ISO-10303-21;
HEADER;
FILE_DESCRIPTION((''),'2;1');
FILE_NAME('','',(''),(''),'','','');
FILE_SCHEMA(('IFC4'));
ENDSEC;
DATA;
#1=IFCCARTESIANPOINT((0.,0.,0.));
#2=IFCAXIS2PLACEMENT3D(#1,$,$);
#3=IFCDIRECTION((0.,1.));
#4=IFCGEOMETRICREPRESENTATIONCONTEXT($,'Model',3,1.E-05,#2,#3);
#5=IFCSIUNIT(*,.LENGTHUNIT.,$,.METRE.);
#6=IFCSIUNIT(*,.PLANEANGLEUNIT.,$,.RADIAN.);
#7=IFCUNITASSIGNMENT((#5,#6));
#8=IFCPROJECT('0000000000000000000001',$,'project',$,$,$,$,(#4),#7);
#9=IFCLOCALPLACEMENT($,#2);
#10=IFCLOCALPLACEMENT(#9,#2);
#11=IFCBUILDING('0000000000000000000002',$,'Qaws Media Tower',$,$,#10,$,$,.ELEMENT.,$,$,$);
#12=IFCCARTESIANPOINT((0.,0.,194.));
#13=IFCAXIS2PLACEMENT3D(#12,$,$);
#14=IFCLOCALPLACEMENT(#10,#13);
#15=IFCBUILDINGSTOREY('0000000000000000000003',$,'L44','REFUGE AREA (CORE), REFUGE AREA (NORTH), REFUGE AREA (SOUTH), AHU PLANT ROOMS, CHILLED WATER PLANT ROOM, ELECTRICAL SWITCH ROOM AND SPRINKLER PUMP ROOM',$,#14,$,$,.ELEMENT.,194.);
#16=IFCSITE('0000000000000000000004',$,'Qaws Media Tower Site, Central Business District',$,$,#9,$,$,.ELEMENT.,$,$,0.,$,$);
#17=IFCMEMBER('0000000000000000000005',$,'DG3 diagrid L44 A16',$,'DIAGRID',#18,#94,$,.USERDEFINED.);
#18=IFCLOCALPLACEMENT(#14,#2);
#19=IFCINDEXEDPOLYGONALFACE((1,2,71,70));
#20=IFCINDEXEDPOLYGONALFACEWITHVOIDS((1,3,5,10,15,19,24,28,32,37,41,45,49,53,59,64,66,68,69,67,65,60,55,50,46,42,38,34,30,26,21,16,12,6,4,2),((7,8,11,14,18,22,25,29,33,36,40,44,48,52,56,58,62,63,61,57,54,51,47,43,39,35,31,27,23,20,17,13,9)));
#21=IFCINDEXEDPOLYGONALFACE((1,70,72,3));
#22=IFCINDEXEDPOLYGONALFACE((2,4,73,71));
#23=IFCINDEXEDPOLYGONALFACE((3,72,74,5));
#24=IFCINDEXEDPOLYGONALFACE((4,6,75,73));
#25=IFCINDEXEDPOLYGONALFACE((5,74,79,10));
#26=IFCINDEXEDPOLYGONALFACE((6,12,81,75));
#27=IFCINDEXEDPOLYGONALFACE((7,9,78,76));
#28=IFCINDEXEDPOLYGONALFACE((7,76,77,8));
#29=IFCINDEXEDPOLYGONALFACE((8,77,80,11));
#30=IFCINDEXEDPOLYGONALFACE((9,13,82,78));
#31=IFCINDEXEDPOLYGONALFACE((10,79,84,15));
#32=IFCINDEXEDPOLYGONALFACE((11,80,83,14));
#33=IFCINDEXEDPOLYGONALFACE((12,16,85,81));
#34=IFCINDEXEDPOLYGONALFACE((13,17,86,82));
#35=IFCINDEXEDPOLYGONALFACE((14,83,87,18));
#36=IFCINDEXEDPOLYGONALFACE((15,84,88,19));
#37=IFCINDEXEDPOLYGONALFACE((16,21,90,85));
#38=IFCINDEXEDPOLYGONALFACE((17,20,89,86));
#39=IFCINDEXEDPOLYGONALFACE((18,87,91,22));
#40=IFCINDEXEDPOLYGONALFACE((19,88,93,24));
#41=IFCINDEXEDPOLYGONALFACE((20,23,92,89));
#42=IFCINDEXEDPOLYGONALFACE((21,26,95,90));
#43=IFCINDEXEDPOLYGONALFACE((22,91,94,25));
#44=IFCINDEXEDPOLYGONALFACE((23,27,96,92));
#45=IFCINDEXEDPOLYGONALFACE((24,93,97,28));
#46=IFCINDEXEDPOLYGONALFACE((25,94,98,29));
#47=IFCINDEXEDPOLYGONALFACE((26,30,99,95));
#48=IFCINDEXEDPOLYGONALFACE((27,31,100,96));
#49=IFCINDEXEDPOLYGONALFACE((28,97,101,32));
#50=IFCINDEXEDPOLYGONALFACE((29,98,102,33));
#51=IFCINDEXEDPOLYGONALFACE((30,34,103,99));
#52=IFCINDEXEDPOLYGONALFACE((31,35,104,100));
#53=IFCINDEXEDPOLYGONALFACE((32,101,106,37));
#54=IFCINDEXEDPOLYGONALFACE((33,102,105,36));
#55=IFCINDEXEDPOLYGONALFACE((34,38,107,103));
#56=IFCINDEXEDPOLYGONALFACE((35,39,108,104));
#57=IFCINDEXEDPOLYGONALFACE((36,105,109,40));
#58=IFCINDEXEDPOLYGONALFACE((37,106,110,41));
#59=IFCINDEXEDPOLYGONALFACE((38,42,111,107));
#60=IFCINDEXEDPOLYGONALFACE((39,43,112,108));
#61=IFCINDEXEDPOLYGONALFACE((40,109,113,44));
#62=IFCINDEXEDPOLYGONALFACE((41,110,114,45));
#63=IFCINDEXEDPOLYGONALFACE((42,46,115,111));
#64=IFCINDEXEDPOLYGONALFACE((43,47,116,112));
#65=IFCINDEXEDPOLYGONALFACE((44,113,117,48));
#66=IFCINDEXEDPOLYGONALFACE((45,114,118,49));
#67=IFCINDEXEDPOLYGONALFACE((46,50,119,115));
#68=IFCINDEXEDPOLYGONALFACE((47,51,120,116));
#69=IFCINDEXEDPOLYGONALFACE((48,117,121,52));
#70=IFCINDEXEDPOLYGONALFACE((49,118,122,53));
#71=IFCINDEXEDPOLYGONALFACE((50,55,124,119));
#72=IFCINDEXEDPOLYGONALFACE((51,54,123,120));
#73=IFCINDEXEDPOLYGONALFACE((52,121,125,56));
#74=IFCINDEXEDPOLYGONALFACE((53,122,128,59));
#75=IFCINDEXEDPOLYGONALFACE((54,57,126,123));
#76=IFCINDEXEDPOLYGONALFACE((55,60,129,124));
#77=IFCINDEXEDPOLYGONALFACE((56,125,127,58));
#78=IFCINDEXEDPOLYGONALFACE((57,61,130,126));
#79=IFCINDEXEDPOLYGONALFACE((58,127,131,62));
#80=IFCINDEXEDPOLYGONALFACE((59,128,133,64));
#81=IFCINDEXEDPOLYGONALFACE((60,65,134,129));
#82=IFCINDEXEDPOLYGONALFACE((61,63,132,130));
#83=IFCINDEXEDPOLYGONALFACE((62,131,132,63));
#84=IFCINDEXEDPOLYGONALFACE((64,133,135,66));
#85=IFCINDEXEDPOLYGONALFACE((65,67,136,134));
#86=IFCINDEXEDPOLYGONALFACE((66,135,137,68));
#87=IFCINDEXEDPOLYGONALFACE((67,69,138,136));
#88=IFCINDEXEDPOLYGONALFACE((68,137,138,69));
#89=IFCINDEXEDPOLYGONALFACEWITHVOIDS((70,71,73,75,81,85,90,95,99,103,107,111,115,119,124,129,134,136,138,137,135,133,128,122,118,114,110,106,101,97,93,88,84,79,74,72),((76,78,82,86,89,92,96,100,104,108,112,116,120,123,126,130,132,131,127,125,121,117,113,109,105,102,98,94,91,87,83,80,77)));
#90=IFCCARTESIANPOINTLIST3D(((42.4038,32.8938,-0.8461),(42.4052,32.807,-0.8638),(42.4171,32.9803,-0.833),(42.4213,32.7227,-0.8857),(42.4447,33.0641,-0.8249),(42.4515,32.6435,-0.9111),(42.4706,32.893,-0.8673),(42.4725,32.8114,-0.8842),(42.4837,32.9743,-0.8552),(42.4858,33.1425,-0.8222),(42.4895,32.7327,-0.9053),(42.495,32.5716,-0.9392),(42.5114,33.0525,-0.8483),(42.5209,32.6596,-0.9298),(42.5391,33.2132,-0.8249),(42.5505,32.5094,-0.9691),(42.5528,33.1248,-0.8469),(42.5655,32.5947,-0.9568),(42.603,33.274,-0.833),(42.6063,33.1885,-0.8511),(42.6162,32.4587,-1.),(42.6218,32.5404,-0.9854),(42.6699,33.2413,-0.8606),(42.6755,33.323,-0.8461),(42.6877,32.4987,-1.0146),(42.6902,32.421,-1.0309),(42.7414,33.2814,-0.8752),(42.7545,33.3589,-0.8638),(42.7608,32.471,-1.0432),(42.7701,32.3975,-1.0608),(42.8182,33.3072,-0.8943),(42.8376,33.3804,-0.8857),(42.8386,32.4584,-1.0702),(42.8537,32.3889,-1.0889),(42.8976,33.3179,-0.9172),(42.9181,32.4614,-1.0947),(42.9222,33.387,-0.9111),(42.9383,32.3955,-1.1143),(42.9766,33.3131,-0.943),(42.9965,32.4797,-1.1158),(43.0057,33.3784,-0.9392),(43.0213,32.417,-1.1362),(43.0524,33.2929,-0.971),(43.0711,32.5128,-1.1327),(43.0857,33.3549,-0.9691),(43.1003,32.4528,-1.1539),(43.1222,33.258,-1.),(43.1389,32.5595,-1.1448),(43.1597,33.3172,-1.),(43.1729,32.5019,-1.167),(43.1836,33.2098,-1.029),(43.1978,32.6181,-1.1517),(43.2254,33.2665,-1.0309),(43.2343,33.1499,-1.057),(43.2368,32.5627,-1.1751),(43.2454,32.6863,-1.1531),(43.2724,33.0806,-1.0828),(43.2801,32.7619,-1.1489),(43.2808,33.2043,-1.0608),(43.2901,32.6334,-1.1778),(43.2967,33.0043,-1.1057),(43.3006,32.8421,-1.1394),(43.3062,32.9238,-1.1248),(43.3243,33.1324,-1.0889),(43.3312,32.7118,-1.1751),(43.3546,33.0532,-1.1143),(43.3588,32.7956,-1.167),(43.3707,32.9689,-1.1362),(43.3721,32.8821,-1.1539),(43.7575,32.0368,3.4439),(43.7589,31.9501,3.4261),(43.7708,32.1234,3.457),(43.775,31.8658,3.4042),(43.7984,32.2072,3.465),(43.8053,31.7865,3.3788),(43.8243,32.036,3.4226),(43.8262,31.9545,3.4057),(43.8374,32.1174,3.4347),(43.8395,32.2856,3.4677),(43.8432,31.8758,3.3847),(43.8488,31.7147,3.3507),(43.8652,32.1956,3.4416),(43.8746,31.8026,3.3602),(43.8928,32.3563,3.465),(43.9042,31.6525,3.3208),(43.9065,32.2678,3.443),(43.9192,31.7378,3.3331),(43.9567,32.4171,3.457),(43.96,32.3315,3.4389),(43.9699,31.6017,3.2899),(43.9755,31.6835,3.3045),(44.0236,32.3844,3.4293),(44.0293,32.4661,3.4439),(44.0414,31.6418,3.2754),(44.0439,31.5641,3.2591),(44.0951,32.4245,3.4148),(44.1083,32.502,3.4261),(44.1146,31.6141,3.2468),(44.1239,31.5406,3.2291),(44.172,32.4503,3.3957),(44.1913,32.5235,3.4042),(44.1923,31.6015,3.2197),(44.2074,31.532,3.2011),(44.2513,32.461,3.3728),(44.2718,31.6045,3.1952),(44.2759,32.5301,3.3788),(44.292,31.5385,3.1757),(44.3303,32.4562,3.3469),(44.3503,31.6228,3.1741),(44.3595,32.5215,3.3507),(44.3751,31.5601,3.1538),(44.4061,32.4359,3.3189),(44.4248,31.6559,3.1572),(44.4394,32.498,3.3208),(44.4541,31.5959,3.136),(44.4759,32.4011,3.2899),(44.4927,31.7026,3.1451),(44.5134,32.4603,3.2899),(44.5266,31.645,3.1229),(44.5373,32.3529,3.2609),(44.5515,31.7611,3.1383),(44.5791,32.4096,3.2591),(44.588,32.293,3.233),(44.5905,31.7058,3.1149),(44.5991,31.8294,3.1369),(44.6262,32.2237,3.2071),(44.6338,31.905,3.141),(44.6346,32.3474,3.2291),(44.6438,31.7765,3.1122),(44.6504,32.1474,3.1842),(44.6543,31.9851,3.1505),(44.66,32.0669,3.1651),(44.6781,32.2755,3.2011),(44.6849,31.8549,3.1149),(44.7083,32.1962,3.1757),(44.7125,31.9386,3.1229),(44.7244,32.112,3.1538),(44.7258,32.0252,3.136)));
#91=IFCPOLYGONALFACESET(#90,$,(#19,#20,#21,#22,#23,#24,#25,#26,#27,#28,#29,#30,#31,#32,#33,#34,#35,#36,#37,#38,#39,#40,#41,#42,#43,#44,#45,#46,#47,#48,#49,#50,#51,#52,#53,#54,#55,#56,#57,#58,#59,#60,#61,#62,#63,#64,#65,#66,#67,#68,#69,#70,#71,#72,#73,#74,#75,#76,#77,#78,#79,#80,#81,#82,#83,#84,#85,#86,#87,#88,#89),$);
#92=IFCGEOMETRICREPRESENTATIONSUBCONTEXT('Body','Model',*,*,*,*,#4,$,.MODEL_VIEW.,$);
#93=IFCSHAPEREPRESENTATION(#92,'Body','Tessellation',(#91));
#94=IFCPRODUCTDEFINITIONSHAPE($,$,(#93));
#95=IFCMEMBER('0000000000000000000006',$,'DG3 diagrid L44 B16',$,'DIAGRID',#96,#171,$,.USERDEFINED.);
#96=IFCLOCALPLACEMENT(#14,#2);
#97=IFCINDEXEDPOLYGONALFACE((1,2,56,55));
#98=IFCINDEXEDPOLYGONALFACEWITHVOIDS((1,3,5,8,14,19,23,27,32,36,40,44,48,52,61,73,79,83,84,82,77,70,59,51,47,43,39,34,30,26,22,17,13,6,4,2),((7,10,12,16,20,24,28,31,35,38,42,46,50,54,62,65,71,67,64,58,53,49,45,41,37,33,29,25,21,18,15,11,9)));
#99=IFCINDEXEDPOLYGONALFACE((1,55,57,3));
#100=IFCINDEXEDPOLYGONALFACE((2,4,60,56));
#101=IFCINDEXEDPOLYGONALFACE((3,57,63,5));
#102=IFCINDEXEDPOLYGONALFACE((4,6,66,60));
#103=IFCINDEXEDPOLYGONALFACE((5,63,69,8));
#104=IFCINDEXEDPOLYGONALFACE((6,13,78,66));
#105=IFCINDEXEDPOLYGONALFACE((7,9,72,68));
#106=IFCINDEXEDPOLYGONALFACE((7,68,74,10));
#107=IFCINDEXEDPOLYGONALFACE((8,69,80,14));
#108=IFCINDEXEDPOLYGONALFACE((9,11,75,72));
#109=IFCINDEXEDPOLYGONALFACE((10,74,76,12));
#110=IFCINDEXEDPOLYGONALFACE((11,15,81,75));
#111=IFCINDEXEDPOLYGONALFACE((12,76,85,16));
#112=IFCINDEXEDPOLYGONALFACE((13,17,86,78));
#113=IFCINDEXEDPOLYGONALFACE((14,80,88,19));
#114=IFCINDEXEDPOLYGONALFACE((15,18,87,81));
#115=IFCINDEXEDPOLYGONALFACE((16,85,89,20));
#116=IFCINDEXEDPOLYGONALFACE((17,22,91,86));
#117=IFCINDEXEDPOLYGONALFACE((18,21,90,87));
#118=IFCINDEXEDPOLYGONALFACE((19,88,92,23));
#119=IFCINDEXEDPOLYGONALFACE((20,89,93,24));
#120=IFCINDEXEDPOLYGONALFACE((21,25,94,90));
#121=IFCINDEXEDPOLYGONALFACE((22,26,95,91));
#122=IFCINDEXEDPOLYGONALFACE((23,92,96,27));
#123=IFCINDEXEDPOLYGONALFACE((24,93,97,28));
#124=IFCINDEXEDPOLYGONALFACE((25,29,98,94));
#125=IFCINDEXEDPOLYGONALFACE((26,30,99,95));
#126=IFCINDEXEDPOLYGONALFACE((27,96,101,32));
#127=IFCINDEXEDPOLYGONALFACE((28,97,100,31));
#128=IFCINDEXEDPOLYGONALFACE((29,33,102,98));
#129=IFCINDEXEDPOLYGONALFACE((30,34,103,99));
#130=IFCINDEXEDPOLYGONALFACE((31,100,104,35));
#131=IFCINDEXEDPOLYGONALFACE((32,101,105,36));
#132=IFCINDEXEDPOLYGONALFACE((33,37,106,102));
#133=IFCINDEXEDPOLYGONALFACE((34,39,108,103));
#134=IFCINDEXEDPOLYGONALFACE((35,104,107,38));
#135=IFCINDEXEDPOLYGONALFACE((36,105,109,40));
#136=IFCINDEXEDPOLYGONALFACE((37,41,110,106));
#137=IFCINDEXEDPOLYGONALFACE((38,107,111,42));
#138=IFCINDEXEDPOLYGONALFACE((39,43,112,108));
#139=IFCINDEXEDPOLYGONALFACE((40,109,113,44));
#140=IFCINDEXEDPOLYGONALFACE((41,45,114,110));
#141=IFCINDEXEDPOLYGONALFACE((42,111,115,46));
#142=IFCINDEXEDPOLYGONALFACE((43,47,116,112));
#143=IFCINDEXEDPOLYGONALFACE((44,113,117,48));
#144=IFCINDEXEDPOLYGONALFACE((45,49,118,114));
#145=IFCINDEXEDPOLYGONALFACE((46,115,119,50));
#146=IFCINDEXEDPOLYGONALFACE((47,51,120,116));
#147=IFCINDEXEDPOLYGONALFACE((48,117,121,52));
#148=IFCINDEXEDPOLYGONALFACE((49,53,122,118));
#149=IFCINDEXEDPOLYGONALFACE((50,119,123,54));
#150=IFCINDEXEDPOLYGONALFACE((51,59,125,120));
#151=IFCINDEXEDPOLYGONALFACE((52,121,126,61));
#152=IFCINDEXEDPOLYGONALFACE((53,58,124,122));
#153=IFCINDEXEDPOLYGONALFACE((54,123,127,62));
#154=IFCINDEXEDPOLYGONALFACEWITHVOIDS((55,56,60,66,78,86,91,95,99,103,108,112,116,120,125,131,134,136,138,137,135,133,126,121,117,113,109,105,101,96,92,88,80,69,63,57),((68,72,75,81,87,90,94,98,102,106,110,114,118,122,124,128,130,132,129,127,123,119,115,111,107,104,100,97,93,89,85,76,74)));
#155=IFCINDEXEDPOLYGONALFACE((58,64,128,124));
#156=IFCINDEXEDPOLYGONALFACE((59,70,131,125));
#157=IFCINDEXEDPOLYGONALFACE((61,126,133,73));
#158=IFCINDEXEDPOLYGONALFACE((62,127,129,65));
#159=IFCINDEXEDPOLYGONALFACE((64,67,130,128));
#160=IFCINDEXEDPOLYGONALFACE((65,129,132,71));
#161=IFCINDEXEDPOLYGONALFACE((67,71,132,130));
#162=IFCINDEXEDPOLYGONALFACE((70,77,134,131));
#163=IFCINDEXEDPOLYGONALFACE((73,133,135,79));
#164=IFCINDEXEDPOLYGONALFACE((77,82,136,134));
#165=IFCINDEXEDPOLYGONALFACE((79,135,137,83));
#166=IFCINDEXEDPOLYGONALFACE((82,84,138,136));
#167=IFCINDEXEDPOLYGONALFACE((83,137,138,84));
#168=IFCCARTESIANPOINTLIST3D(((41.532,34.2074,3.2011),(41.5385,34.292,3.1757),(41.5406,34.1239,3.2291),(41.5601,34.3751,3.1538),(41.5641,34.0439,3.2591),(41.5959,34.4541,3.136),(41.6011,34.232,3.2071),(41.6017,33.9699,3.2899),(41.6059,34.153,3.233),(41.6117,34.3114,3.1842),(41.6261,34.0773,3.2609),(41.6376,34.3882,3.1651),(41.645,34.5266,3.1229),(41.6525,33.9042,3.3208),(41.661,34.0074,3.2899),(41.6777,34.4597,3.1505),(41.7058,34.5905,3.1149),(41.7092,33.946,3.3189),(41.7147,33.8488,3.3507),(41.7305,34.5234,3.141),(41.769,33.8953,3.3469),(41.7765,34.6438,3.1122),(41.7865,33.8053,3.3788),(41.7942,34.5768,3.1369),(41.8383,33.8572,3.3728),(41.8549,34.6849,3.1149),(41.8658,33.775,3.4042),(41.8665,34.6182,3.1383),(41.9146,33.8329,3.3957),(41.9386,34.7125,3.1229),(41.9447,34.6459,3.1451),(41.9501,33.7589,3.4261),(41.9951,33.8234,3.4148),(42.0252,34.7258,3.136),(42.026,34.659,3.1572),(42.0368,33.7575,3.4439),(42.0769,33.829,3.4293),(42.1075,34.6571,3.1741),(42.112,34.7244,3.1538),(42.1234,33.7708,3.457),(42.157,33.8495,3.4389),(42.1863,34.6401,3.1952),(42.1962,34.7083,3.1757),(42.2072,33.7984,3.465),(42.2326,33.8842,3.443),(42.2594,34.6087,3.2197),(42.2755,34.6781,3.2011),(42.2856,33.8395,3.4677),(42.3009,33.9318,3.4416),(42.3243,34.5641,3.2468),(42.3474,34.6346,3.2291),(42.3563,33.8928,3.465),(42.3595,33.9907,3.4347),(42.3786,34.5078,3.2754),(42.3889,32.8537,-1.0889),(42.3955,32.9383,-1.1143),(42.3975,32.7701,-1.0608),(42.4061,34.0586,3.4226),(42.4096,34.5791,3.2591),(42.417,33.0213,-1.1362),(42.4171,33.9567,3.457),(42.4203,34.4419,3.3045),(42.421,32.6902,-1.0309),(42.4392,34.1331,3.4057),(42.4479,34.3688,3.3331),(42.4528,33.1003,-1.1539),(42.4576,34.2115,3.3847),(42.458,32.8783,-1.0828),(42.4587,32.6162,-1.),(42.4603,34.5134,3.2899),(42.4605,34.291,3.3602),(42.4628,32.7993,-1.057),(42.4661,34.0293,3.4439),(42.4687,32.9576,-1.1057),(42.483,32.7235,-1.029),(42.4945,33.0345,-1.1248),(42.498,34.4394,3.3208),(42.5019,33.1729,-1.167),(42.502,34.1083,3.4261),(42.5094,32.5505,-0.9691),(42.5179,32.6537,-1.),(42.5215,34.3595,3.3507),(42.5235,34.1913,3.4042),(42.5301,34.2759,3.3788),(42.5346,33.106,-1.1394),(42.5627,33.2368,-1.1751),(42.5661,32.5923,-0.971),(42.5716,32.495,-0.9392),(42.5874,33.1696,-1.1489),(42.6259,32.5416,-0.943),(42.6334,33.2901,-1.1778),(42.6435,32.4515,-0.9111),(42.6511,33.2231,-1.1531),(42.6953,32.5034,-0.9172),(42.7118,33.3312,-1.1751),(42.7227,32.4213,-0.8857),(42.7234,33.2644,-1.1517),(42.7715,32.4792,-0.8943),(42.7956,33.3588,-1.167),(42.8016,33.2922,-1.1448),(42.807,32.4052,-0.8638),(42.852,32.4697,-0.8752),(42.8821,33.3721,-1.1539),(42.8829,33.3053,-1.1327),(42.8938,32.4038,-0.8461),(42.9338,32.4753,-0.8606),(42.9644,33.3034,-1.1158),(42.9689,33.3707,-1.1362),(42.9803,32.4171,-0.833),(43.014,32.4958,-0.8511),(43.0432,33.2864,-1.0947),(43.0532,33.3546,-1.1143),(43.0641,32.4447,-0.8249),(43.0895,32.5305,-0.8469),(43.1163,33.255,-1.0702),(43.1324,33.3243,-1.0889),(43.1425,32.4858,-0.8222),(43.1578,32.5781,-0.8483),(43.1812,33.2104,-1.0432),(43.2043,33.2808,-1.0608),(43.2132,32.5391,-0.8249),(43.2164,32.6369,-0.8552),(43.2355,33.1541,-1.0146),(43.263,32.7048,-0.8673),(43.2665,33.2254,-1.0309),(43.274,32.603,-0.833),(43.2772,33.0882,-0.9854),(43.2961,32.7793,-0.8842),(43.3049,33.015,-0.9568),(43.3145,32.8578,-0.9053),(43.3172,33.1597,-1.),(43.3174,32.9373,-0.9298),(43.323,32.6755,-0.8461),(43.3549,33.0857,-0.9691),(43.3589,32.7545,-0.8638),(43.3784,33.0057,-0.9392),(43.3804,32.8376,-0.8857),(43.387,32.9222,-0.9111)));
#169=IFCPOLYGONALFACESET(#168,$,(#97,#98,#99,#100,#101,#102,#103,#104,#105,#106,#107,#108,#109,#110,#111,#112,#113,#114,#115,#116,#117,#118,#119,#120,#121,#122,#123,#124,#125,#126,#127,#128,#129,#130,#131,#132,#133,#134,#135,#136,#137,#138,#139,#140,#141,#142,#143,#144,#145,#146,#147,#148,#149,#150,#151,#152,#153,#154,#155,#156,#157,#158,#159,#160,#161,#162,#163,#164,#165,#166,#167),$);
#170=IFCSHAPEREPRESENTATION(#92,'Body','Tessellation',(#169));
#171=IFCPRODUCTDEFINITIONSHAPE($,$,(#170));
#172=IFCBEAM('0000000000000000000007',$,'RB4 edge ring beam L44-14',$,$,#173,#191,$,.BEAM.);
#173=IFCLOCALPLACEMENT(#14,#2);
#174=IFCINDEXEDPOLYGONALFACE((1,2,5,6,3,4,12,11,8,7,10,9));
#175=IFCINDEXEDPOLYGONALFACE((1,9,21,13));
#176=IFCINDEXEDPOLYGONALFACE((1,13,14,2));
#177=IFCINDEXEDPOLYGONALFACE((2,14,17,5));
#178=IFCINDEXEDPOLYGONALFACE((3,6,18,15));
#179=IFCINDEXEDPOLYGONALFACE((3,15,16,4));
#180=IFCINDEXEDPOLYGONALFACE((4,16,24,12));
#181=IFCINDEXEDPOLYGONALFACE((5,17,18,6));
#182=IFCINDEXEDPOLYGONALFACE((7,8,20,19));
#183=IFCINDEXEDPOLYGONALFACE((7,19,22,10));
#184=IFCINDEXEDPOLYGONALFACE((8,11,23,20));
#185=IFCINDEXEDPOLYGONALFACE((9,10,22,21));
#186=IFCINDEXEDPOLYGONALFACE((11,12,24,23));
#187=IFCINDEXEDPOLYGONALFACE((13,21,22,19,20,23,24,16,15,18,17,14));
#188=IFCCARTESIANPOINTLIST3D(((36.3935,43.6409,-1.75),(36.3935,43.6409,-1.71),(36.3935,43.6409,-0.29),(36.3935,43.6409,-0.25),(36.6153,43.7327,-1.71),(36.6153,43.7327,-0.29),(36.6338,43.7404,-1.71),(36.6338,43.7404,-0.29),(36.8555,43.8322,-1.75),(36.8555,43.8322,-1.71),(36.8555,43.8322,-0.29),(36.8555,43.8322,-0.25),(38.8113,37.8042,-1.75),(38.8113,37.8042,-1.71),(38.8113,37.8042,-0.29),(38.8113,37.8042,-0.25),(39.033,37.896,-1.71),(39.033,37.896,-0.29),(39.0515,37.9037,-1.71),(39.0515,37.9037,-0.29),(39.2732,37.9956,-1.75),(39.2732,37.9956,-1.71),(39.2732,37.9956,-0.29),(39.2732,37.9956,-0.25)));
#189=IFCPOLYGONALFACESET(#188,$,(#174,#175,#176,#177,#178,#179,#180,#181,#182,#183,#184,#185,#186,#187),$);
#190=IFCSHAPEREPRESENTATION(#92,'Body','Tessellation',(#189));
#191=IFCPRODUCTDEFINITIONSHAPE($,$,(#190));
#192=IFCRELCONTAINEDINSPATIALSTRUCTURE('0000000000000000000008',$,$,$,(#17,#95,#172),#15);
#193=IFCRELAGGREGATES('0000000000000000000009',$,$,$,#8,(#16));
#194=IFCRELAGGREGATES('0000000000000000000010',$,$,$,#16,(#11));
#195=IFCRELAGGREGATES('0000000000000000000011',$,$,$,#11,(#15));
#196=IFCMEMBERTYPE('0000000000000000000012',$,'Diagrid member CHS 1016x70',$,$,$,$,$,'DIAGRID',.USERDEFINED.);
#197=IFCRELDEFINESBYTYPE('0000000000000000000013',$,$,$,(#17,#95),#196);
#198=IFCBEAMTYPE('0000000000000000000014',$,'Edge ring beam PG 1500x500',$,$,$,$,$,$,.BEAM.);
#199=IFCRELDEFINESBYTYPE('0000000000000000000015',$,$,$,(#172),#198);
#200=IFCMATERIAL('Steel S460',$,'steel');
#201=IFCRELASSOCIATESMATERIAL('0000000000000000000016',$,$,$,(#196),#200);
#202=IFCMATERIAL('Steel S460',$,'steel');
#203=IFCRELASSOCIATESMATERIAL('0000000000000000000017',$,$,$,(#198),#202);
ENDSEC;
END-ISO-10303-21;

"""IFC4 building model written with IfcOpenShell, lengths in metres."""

from ifc_helpers import new_model, si_unit, direction, frame, origin, origin_2d, place, context, subcontext, project, spatial, hollow_circle, i_section, extrude, material, material_profile, profile_set, type_object, element, save


model = new_model("IFC4")

# Units and contexts
model_context = context("Model", 3, precision=1e-05, world=origin(), true_north=direction((0.0, 1.0)))
body_context = subcontext(model_context, "Body", "Model", "MODEL_VIEW")
ifc_project = project(units=[si_unit("LENGTHUNIT", "METRE"), si_unit("PLANEANGLEUNIT", "RADIAN")], contexts=[model_context])

# Site, building, storey
site_placement = place(None, origin())
site = spatial("IfcSite", under=ifc_project, at=site_placement, Name="Qaws Media Tower Site, Central Business District", CompositionType="ELEMENT", RefElevation=0.0)
building_placement = place(site_placement, origin())
building = spatial("IfcBuilding", under=site, at=building_placement, Name="Qaws Media Tower", CompositionType="ELEMENT")
storey_placement = place(building_placement, frame((0.0, 0.0, 194.0)))
storey = spatial("IfcBuildingStorey", under=building, at=storey_placement, Name="L44", Description="REFUGE AREA (CORE), REFUGE AREA (NORTH), REFUGE AREA (SOUTH), AHU PLANT ROOMS, CHILLED WATER PLANT ROOM, ELECTRICAL SWITCH ROOM AND SPRINKLER PUMP ROOM", CompositionType="ELEMENT", Elevation=194.0)

# Members
ifc_material_1 = material(Name="Steel S460", Category="steel")
ifc_material_profile_1 = material_profile(ifc_material_1, hollow_circle(Radius=0.5081, WallThickness=0.0701, at=origin_2d()), Name="CHS 1016x70")
ifc_profile_set_1 = profile_set([ifc_material_profile_1], Name="Steel S460")
member_type = type_object("IfcMemberType", Name="Diagrid member CHS 1016x70", ElementType="DIAGRID", PredefinedType="USERDEFINED", material=ifc_profile_set_1)
for number, where, z_axis, x_axis, name in (
    (1, (42.8879, 32.8879, -1.0), (0.295616, -0.187126, 0.936801), (0.534853, 0.844945, 0.0), "DG3 diagrid L44 A16"),
    (2, (42.8879, 32.8879, -1.0), (-0.187126, 0.295616, 0.936801), (-0.844945, -0.534853, 0.0), "DG3 diagrid L44 B16"),
):
    element("IfcMember", number, at=place(storey_placement, frame(where, z_axis=z_axis, x_axis=x_axis)), inside=storey, type_object=member_type, Name=name, ObjectType="DIAGRID", PredefinedType="USERDEFINED", context=body_context, shape_type="SweptSolid", body=[
        extrude(hollow_circle(Radius=0.5081, WallThickness=0.0701, at=origin_2d()), origin(), (0.0, 0.0, 1.0), 4.5793),
    ])

# Beam
ifc_material_2 = material(Name="Steel S460", Category="steel")
ifc_material_profile_2 = material_profile(ifc_material_2, i_section(OverallWidth=0.5, OverallDepth=1.5, WebThickness=0.02, FlangeThickness=0.04, at=origin_2d()), Name="PG 1500x500")
ifc_profile_set_2 = profile_set([ifc_material_profile_2], Name="Steel S460")
beam_type = type_object("IfcBeamType", Name="Edge ring beam PG 1500x500", PredefinedType="BEAM", material=ifc_profile_set_2)
beam_placement = place(storey_placement, frame((36.6245, 43.7366, -1.0), z_axis=(0.382697, -0.923874, 0.0), x_axis=(0.923874, 0.382697, 0.0)))
element("IfcBeam", 3, at=beam_placement, inside=storey, type_object=beam_type, Name="RB4 edge ring beam L44-14", PredefinedType="BEAM", context=body_context, shape_type="SweptSolid", body=[
    extrude(i_section(OverallWidth=0.5, OverallDepth=1.5, WebThickness=0.02, FlangeThickness=0.04, at=origin_2d()), origin(), (0.0, 0.0, 1.0), 6.3176),
])

save(model, "model.ifc")
